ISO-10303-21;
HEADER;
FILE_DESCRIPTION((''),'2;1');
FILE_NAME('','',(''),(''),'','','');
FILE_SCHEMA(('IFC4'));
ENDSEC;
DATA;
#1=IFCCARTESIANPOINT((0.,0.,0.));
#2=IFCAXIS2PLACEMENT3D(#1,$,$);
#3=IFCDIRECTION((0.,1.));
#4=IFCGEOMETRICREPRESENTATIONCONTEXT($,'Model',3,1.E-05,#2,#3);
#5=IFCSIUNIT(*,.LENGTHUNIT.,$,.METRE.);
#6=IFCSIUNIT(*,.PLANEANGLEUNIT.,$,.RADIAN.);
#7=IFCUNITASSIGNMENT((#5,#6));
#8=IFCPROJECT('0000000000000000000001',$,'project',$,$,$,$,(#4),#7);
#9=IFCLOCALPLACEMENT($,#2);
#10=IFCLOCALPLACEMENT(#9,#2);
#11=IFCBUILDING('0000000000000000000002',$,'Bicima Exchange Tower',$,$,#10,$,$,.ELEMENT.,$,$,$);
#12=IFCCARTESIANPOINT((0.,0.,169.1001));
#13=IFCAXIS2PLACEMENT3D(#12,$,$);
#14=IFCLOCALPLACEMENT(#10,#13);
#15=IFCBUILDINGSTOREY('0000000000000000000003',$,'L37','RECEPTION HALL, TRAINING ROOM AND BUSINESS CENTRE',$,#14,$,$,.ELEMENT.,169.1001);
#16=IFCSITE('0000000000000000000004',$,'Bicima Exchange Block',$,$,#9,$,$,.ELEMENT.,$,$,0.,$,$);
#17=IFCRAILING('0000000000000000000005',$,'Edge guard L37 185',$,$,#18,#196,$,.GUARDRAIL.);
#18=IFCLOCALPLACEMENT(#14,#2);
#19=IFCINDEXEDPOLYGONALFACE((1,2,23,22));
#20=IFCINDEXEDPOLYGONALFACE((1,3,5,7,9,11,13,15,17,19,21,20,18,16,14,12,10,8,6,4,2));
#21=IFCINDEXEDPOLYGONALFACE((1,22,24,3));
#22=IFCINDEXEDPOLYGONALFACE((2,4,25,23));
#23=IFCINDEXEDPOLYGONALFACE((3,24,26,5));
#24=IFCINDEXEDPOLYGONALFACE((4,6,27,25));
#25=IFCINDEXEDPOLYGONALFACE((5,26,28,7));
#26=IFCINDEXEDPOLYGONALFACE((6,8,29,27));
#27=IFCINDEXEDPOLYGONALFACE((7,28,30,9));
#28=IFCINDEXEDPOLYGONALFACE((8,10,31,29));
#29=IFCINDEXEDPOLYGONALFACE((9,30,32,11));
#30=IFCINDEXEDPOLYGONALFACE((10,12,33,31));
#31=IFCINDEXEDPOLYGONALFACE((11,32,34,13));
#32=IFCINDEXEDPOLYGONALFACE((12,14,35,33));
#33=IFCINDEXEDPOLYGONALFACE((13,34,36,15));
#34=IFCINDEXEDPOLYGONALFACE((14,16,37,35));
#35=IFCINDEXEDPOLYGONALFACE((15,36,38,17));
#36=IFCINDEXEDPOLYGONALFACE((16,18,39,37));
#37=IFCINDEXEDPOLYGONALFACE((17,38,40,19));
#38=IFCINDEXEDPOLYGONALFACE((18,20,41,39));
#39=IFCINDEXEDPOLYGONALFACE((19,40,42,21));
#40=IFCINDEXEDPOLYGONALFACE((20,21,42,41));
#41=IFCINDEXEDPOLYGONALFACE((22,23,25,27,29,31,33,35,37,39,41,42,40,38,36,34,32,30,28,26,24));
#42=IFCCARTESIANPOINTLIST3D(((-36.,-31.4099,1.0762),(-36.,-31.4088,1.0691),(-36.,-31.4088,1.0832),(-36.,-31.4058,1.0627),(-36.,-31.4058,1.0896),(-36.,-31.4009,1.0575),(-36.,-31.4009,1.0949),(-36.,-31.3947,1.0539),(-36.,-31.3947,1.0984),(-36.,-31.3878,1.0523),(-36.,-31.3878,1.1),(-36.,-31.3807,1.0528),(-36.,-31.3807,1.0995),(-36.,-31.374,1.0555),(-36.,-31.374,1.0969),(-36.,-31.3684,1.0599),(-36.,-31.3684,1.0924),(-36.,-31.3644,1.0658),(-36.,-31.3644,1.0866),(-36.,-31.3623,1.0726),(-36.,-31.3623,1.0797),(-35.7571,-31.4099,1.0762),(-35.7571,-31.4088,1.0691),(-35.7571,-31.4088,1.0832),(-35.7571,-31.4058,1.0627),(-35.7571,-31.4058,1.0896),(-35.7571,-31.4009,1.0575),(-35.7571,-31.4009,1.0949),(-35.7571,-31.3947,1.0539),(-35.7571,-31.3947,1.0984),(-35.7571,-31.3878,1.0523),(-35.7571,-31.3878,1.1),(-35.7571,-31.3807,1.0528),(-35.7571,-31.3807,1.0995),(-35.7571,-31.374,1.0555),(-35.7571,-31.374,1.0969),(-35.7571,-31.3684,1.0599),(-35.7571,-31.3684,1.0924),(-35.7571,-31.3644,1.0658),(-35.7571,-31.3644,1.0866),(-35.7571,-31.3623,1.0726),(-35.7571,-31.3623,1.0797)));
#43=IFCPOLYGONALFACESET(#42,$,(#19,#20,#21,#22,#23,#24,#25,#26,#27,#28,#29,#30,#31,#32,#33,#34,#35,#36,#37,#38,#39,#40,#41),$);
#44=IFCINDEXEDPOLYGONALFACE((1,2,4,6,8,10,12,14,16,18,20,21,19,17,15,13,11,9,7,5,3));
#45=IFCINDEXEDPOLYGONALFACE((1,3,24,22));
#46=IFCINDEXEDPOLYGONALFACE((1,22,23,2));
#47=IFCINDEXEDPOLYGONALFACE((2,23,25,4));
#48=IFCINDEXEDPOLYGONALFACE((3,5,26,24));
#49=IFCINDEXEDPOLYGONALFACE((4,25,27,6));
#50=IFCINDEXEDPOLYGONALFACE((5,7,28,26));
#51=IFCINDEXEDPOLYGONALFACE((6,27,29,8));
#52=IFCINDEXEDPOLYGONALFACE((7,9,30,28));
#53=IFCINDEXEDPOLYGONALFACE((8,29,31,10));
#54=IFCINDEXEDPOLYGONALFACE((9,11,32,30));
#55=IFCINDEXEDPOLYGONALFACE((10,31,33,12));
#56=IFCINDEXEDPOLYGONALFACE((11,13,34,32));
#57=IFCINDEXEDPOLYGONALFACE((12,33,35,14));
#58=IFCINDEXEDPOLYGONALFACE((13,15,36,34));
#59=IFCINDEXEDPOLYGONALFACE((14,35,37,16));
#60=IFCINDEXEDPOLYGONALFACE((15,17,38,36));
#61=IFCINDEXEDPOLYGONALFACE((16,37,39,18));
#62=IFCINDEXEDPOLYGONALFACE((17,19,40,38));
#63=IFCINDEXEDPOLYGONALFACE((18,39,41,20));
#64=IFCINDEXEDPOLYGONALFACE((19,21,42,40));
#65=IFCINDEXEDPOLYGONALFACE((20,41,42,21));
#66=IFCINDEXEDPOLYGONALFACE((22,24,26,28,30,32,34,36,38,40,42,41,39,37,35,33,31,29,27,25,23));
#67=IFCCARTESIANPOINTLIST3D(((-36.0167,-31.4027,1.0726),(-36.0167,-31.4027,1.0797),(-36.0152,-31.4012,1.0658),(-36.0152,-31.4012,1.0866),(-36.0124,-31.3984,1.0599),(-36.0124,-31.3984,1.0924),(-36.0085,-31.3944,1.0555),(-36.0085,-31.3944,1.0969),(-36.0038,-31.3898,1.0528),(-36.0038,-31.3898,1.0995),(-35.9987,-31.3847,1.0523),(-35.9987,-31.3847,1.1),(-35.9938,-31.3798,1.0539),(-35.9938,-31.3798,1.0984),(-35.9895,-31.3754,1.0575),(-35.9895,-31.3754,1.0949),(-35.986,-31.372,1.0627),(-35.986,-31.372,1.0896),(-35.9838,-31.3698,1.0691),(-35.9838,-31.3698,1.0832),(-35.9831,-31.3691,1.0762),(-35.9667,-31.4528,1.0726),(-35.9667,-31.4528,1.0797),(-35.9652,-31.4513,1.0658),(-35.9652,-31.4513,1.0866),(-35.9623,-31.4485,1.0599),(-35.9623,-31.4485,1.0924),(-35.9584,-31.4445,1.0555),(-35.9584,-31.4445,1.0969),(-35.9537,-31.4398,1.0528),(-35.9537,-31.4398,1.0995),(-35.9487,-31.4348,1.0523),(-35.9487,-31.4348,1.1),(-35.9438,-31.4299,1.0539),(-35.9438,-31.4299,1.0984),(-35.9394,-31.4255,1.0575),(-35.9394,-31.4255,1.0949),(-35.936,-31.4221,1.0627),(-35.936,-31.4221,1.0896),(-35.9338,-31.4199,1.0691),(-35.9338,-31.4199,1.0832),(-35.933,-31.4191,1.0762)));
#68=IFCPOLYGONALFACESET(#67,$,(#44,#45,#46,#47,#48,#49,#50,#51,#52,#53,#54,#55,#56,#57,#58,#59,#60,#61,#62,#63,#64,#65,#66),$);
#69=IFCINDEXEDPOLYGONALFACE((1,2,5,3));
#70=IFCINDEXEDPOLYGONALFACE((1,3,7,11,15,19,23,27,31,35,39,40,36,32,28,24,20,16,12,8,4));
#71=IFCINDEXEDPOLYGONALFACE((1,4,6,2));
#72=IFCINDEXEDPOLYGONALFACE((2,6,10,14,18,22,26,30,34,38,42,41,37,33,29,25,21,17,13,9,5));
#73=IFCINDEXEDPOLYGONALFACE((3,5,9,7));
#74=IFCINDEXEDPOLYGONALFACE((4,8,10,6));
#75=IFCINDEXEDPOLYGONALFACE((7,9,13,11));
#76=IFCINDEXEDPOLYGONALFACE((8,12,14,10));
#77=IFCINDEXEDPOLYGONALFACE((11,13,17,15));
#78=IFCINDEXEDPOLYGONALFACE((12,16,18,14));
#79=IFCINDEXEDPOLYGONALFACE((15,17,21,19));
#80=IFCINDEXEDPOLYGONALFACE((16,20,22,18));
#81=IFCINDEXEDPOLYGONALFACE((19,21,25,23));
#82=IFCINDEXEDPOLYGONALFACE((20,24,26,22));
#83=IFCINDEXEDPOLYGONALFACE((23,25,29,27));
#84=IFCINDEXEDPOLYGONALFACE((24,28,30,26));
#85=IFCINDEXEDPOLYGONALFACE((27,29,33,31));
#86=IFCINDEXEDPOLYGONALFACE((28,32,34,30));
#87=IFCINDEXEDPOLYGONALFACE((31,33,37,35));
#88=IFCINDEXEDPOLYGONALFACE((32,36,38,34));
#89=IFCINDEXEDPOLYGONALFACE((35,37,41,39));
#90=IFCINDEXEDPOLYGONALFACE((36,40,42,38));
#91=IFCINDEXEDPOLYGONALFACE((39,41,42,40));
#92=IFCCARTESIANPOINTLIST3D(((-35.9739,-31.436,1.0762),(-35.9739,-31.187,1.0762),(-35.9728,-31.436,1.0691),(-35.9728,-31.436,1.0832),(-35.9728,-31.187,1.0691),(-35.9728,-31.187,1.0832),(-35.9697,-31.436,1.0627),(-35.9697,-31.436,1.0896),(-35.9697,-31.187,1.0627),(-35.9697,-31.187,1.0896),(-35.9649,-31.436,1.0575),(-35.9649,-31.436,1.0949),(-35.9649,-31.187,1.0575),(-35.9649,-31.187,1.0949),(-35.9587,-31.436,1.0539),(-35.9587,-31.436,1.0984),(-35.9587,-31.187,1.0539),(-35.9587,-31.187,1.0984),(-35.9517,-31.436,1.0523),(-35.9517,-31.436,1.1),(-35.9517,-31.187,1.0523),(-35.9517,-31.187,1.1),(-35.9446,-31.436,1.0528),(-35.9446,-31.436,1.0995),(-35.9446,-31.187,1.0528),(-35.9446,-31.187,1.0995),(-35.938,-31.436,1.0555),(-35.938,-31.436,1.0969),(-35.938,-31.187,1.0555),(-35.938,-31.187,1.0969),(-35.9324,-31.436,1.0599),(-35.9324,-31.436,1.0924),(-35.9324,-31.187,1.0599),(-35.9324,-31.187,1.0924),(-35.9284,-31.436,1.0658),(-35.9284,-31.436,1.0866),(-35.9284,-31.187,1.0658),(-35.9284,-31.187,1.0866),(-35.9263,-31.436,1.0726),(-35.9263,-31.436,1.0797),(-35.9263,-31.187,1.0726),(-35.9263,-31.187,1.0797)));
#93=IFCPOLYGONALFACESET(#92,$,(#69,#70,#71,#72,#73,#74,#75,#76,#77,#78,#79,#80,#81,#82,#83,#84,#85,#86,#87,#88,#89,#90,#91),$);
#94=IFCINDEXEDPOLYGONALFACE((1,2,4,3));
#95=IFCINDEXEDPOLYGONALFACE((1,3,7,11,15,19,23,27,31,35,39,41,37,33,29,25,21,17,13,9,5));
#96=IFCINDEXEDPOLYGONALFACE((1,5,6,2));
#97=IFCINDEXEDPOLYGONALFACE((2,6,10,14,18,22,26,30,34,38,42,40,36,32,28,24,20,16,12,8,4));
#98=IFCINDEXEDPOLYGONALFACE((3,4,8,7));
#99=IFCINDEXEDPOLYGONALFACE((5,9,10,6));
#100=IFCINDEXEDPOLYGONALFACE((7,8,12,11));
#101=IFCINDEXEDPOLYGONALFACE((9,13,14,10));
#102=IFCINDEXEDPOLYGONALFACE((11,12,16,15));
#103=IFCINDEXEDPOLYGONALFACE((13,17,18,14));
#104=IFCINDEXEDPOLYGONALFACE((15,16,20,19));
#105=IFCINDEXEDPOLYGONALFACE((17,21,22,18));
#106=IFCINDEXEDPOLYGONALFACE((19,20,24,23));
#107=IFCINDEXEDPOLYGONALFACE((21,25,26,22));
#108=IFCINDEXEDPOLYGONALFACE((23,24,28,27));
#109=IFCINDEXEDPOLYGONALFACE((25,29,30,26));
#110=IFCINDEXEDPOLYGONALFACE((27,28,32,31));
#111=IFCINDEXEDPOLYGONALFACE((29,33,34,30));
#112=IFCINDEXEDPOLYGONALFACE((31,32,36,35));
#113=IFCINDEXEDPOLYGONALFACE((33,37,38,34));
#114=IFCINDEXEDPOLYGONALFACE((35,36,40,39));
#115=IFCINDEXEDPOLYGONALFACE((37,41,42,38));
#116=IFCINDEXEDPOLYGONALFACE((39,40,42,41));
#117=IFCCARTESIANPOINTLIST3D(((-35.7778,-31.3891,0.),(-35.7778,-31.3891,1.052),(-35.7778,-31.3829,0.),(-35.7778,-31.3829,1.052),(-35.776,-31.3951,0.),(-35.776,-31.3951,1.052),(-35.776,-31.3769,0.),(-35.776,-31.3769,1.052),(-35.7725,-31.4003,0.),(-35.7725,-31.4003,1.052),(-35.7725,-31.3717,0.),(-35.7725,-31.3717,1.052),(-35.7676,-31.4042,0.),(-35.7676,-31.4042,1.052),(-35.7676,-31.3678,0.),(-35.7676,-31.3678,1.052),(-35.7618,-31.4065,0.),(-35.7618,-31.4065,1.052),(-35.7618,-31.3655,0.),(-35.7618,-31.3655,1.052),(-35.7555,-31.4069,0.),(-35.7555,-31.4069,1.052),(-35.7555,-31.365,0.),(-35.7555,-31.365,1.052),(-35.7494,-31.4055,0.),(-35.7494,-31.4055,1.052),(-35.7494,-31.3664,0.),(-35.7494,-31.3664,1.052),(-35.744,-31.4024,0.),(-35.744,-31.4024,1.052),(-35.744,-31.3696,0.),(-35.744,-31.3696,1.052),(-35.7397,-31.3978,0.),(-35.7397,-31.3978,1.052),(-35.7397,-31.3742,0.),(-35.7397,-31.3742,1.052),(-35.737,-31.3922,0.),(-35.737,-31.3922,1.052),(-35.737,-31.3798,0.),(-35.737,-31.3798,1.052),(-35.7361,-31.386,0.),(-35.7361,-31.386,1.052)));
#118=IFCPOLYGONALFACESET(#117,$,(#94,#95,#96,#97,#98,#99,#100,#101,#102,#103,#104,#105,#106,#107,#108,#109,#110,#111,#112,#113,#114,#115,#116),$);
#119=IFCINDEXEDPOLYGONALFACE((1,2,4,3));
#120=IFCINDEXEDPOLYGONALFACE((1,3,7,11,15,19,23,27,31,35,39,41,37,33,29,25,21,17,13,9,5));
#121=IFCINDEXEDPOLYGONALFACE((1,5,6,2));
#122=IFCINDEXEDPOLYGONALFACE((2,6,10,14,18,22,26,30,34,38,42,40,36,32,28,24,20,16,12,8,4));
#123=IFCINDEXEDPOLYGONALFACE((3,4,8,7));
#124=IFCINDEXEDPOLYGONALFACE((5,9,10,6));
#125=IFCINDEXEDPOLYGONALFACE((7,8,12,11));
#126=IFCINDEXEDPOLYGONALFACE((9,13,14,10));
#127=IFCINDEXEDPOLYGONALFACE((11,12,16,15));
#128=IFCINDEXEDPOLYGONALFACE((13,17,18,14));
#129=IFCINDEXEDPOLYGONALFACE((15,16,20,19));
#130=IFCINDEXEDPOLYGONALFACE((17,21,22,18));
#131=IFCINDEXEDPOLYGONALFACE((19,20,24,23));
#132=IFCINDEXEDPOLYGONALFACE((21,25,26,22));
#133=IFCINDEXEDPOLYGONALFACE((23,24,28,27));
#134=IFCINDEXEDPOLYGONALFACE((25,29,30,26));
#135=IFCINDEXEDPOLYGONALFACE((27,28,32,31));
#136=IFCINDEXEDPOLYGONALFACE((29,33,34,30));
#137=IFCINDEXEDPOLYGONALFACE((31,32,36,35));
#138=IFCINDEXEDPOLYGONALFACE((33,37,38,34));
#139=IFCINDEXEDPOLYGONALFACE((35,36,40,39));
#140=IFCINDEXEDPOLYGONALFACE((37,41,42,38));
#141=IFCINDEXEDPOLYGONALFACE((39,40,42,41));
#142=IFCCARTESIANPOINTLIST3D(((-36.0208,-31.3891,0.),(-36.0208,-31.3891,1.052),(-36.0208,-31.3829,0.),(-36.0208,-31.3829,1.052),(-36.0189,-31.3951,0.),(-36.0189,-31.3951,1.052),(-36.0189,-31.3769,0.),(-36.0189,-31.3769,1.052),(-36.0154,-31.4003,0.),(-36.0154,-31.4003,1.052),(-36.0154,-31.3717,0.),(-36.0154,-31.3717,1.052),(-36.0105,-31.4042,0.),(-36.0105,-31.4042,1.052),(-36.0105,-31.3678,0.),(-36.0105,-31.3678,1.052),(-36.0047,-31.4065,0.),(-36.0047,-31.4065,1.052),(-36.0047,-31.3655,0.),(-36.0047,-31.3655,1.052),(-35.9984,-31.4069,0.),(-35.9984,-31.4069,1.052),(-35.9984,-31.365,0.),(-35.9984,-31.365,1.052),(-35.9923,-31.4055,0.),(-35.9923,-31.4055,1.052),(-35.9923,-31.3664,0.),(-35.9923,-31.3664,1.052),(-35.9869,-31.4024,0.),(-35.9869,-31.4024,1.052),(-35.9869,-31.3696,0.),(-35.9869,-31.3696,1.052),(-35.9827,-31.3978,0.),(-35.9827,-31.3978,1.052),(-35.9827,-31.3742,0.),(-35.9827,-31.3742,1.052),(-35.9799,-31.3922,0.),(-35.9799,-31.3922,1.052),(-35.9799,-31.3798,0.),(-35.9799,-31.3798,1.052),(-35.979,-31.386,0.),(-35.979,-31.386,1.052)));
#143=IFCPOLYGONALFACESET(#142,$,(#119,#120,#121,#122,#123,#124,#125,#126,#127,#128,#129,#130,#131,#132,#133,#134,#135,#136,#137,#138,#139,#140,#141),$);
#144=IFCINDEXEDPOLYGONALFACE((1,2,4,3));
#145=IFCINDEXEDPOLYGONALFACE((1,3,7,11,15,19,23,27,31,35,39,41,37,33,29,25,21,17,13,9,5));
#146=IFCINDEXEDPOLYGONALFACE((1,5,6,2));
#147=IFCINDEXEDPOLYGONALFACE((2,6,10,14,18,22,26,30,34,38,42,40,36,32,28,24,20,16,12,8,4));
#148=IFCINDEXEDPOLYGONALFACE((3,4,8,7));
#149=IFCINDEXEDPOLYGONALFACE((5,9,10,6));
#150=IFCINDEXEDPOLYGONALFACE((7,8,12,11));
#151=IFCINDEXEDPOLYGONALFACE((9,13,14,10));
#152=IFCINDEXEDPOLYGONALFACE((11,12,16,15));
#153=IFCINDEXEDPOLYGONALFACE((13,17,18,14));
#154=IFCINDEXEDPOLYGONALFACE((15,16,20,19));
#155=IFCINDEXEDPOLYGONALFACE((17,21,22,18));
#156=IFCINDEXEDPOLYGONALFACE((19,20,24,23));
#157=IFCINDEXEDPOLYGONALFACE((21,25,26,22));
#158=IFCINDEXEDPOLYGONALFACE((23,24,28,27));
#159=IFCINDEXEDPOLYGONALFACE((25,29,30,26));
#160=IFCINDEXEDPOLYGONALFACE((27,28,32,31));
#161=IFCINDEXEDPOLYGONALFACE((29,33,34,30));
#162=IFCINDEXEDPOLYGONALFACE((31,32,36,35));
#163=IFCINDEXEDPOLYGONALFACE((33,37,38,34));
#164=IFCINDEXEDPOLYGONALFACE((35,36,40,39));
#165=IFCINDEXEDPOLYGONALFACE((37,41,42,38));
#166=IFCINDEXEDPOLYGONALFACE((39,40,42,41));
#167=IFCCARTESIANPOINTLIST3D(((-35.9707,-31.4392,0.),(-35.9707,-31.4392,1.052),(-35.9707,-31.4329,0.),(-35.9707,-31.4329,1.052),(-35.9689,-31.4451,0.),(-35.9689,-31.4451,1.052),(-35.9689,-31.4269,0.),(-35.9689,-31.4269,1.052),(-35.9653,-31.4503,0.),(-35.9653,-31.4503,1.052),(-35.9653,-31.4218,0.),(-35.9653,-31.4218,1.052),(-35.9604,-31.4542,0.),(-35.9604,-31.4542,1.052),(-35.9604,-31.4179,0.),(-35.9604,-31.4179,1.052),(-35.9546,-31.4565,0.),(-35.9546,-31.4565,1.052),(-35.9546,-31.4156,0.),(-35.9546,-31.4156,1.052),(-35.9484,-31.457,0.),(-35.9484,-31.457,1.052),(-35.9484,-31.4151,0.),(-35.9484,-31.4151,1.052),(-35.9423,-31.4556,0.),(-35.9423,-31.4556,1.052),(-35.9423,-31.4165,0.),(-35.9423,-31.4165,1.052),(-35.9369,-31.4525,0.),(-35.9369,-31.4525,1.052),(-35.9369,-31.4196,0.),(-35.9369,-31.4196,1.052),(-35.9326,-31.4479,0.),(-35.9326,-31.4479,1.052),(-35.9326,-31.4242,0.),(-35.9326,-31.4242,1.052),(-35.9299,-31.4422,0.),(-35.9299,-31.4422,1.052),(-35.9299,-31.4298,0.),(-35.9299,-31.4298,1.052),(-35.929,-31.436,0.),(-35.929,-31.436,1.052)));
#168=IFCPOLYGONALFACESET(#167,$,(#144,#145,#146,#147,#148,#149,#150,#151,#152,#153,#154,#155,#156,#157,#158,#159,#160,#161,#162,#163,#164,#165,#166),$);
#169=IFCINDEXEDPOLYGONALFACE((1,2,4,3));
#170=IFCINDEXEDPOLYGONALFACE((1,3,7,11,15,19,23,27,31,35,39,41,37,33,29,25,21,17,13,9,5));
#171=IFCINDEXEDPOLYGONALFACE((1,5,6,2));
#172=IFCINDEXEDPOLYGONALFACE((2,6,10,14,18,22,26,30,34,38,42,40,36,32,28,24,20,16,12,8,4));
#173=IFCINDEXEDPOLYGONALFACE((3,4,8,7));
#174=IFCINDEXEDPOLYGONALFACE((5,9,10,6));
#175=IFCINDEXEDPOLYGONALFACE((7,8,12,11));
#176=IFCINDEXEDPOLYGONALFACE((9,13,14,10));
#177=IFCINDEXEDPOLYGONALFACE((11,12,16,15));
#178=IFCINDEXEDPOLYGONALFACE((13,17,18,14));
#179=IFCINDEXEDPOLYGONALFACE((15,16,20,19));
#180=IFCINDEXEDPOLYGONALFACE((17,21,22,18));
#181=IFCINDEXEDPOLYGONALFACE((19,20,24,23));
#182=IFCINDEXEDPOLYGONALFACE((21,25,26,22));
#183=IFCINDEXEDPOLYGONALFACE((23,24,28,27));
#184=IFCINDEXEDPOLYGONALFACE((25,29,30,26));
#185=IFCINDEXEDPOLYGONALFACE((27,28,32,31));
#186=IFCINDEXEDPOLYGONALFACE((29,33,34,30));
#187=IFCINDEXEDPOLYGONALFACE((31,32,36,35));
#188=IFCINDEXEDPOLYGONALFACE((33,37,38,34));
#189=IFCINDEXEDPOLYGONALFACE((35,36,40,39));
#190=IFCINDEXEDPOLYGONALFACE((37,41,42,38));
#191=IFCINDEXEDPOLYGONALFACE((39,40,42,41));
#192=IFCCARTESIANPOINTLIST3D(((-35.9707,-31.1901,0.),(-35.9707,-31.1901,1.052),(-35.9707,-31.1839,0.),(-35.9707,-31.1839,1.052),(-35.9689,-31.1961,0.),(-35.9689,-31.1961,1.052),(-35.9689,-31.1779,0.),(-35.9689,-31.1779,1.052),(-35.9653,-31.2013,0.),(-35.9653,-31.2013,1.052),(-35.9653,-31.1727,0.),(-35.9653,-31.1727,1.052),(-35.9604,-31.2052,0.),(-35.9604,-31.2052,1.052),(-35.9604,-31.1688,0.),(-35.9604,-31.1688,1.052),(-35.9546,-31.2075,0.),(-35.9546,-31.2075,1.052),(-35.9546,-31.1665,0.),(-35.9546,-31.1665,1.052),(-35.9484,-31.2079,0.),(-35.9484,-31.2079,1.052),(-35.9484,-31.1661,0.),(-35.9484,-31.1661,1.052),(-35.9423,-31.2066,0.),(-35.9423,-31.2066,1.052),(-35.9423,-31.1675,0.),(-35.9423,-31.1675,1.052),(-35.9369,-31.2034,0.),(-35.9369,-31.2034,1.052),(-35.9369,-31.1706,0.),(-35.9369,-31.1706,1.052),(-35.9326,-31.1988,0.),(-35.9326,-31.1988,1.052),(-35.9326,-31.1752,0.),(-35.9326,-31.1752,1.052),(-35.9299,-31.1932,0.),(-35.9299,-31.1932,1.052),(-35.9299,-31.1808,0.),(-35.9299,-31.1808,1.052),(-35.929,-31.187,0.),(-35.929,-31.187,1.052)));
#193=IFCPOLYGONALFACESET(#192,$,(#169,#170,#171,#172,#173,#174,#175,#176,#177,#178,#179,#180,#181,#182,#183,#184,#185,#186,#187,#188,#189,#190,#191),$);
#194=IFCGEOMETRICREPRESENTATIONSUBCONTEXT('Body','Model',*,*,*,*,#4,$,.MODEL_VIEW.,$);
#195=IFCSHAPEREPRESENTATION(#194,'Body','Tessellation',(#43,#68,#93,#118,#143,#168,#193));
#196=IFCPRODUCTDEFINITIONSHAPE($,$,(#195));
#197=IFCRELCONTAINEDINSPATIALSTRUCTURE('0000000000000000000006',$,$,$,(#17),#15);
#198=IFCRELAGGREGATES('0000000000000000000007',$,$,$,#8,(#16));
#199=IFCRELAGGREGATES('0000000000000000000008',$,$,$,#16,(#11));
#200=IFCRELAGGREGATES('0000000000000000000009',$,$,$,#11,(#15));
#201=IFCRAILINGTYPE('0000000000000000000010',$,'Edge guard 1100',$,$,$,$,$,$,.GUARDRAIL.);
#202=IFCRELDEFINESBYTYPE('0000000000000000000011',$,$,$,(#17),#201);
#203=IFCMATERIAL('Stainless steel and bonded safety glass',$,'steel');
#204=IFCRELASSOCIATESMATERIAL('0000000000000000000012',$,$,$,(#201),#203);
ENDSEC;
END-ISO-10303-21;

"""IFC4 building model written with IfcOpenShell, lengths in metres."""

from ifc_helpers import new_model, si_unit, direction, frame, origin, origin_2d, place, context, subcontext, project, spatial, circle, extrude, material, type_object, element, save


model = new_model("IFC4")

# Units and contexts
model_context = context("Model", 3, precision=1e-05, world=origin(), true_north=direction((0.0, 1.0)))
body_context = subcontext(model_context, "Body", "Model", "MODEL_VIEW")
ifc_project = project(units=[si_unit("LENGTHUNIT", "METRE"), si_unit("PLANEANGLEUNIT", "RADIAN")], contexts=[model_context])

# Site, building, storey
site_placement = place(None, origin())
site = spatial("IfcSite", under=ifc_project, at=site_placement, Name="Bicima Exchange Block", CompositionType="ELEMENT", RefElevation=0.0)
building_placement = place(site_placement, origin())
building = spatial("IfcBuilding", under=site, at=building_placement, Name="Bicima Exchange Tower", CompositionType="ELEMENT")
storey_placement = place(building_placement, frame((0.0, 0.0, 169.1001)))
storey = spatial("IfcBuildingStorey", under=building, at=storey_placement, Name="L37", Description="RECEPTION HALL, TRAINING ROOM AND BUSINESS CENTRE", CompositionType="ELEMENT", Elevation=169.1001)

# Railing
ifc_material_1 = material(Name="Stainless steel and bonded safety glass", Category="steel")
railing_type = type_object("IfcRailingType", Name="Edge guard 1100", PredefinedType="GUARDRAIL", material=ifc_material_1)
railing_1_placement = place(storey_placement, frame((-35.7571, -31.386, 0.0)))
element("IfcRailing", 1, at=railing_1_placement, inside=storey, type_object=railing_type, Name="Edge guard L37 185", PredefinedType="GUARDRAIL", context=body_context, shape_type="SweptSolid", body=[
    extrude(circle(Radius=0.0239, at=origin_2d()), frame((0.0, 0.0, 1.0762), z_axis=(-1.0, 0.0, 0.0), x_axis=(0.0, -1.0, 0.0)), (0.0, 0.0, 1.0), 0.2429),
    extrude(circle(Radius=0.0239, at=origin_2d()), frame((-0.2429, 0.0, 1.0762), z_axis=(0.707107, -0.707107, 0.0), x_axis=(0.707107, 0.707107, 0.0)), (0.0, 0.0, 1.0), 0.0708),
    extrude(circle(Radius=0.0239, at=origin_2d()), frame((-0.1929, -0.05, 1.0762), z_axis=(0.0, 1.0, 0.0), x_axis=(-1.0, 0.0, 0.0)), (0.0, 0.0, 1.0), 0.249),
    extrude(circle(Radius=0.021, at=origin_2d()), origin(), (0.0, 0.0, 1.0), 1.052),
    extrude(circle(Radius=0.021, at=origin_2d()), frame((-0.2429, 0.0, 0.0)), (0.0, 0.0, 1.0), 1.052),
    extrude(circle(Radius=0.021, at=origin_2d()), frame((-0.1929, -0.05, 0.0)), (0.0, 0.0, 1.0), 1.052),
    extrude(circle(Radius=0.021, at=origin_2d()), frame((-0.1929, 0.199, 0.0)), (0.0, 0.0, 1.0), 1.052),
])

save(model, "model.ifc")
